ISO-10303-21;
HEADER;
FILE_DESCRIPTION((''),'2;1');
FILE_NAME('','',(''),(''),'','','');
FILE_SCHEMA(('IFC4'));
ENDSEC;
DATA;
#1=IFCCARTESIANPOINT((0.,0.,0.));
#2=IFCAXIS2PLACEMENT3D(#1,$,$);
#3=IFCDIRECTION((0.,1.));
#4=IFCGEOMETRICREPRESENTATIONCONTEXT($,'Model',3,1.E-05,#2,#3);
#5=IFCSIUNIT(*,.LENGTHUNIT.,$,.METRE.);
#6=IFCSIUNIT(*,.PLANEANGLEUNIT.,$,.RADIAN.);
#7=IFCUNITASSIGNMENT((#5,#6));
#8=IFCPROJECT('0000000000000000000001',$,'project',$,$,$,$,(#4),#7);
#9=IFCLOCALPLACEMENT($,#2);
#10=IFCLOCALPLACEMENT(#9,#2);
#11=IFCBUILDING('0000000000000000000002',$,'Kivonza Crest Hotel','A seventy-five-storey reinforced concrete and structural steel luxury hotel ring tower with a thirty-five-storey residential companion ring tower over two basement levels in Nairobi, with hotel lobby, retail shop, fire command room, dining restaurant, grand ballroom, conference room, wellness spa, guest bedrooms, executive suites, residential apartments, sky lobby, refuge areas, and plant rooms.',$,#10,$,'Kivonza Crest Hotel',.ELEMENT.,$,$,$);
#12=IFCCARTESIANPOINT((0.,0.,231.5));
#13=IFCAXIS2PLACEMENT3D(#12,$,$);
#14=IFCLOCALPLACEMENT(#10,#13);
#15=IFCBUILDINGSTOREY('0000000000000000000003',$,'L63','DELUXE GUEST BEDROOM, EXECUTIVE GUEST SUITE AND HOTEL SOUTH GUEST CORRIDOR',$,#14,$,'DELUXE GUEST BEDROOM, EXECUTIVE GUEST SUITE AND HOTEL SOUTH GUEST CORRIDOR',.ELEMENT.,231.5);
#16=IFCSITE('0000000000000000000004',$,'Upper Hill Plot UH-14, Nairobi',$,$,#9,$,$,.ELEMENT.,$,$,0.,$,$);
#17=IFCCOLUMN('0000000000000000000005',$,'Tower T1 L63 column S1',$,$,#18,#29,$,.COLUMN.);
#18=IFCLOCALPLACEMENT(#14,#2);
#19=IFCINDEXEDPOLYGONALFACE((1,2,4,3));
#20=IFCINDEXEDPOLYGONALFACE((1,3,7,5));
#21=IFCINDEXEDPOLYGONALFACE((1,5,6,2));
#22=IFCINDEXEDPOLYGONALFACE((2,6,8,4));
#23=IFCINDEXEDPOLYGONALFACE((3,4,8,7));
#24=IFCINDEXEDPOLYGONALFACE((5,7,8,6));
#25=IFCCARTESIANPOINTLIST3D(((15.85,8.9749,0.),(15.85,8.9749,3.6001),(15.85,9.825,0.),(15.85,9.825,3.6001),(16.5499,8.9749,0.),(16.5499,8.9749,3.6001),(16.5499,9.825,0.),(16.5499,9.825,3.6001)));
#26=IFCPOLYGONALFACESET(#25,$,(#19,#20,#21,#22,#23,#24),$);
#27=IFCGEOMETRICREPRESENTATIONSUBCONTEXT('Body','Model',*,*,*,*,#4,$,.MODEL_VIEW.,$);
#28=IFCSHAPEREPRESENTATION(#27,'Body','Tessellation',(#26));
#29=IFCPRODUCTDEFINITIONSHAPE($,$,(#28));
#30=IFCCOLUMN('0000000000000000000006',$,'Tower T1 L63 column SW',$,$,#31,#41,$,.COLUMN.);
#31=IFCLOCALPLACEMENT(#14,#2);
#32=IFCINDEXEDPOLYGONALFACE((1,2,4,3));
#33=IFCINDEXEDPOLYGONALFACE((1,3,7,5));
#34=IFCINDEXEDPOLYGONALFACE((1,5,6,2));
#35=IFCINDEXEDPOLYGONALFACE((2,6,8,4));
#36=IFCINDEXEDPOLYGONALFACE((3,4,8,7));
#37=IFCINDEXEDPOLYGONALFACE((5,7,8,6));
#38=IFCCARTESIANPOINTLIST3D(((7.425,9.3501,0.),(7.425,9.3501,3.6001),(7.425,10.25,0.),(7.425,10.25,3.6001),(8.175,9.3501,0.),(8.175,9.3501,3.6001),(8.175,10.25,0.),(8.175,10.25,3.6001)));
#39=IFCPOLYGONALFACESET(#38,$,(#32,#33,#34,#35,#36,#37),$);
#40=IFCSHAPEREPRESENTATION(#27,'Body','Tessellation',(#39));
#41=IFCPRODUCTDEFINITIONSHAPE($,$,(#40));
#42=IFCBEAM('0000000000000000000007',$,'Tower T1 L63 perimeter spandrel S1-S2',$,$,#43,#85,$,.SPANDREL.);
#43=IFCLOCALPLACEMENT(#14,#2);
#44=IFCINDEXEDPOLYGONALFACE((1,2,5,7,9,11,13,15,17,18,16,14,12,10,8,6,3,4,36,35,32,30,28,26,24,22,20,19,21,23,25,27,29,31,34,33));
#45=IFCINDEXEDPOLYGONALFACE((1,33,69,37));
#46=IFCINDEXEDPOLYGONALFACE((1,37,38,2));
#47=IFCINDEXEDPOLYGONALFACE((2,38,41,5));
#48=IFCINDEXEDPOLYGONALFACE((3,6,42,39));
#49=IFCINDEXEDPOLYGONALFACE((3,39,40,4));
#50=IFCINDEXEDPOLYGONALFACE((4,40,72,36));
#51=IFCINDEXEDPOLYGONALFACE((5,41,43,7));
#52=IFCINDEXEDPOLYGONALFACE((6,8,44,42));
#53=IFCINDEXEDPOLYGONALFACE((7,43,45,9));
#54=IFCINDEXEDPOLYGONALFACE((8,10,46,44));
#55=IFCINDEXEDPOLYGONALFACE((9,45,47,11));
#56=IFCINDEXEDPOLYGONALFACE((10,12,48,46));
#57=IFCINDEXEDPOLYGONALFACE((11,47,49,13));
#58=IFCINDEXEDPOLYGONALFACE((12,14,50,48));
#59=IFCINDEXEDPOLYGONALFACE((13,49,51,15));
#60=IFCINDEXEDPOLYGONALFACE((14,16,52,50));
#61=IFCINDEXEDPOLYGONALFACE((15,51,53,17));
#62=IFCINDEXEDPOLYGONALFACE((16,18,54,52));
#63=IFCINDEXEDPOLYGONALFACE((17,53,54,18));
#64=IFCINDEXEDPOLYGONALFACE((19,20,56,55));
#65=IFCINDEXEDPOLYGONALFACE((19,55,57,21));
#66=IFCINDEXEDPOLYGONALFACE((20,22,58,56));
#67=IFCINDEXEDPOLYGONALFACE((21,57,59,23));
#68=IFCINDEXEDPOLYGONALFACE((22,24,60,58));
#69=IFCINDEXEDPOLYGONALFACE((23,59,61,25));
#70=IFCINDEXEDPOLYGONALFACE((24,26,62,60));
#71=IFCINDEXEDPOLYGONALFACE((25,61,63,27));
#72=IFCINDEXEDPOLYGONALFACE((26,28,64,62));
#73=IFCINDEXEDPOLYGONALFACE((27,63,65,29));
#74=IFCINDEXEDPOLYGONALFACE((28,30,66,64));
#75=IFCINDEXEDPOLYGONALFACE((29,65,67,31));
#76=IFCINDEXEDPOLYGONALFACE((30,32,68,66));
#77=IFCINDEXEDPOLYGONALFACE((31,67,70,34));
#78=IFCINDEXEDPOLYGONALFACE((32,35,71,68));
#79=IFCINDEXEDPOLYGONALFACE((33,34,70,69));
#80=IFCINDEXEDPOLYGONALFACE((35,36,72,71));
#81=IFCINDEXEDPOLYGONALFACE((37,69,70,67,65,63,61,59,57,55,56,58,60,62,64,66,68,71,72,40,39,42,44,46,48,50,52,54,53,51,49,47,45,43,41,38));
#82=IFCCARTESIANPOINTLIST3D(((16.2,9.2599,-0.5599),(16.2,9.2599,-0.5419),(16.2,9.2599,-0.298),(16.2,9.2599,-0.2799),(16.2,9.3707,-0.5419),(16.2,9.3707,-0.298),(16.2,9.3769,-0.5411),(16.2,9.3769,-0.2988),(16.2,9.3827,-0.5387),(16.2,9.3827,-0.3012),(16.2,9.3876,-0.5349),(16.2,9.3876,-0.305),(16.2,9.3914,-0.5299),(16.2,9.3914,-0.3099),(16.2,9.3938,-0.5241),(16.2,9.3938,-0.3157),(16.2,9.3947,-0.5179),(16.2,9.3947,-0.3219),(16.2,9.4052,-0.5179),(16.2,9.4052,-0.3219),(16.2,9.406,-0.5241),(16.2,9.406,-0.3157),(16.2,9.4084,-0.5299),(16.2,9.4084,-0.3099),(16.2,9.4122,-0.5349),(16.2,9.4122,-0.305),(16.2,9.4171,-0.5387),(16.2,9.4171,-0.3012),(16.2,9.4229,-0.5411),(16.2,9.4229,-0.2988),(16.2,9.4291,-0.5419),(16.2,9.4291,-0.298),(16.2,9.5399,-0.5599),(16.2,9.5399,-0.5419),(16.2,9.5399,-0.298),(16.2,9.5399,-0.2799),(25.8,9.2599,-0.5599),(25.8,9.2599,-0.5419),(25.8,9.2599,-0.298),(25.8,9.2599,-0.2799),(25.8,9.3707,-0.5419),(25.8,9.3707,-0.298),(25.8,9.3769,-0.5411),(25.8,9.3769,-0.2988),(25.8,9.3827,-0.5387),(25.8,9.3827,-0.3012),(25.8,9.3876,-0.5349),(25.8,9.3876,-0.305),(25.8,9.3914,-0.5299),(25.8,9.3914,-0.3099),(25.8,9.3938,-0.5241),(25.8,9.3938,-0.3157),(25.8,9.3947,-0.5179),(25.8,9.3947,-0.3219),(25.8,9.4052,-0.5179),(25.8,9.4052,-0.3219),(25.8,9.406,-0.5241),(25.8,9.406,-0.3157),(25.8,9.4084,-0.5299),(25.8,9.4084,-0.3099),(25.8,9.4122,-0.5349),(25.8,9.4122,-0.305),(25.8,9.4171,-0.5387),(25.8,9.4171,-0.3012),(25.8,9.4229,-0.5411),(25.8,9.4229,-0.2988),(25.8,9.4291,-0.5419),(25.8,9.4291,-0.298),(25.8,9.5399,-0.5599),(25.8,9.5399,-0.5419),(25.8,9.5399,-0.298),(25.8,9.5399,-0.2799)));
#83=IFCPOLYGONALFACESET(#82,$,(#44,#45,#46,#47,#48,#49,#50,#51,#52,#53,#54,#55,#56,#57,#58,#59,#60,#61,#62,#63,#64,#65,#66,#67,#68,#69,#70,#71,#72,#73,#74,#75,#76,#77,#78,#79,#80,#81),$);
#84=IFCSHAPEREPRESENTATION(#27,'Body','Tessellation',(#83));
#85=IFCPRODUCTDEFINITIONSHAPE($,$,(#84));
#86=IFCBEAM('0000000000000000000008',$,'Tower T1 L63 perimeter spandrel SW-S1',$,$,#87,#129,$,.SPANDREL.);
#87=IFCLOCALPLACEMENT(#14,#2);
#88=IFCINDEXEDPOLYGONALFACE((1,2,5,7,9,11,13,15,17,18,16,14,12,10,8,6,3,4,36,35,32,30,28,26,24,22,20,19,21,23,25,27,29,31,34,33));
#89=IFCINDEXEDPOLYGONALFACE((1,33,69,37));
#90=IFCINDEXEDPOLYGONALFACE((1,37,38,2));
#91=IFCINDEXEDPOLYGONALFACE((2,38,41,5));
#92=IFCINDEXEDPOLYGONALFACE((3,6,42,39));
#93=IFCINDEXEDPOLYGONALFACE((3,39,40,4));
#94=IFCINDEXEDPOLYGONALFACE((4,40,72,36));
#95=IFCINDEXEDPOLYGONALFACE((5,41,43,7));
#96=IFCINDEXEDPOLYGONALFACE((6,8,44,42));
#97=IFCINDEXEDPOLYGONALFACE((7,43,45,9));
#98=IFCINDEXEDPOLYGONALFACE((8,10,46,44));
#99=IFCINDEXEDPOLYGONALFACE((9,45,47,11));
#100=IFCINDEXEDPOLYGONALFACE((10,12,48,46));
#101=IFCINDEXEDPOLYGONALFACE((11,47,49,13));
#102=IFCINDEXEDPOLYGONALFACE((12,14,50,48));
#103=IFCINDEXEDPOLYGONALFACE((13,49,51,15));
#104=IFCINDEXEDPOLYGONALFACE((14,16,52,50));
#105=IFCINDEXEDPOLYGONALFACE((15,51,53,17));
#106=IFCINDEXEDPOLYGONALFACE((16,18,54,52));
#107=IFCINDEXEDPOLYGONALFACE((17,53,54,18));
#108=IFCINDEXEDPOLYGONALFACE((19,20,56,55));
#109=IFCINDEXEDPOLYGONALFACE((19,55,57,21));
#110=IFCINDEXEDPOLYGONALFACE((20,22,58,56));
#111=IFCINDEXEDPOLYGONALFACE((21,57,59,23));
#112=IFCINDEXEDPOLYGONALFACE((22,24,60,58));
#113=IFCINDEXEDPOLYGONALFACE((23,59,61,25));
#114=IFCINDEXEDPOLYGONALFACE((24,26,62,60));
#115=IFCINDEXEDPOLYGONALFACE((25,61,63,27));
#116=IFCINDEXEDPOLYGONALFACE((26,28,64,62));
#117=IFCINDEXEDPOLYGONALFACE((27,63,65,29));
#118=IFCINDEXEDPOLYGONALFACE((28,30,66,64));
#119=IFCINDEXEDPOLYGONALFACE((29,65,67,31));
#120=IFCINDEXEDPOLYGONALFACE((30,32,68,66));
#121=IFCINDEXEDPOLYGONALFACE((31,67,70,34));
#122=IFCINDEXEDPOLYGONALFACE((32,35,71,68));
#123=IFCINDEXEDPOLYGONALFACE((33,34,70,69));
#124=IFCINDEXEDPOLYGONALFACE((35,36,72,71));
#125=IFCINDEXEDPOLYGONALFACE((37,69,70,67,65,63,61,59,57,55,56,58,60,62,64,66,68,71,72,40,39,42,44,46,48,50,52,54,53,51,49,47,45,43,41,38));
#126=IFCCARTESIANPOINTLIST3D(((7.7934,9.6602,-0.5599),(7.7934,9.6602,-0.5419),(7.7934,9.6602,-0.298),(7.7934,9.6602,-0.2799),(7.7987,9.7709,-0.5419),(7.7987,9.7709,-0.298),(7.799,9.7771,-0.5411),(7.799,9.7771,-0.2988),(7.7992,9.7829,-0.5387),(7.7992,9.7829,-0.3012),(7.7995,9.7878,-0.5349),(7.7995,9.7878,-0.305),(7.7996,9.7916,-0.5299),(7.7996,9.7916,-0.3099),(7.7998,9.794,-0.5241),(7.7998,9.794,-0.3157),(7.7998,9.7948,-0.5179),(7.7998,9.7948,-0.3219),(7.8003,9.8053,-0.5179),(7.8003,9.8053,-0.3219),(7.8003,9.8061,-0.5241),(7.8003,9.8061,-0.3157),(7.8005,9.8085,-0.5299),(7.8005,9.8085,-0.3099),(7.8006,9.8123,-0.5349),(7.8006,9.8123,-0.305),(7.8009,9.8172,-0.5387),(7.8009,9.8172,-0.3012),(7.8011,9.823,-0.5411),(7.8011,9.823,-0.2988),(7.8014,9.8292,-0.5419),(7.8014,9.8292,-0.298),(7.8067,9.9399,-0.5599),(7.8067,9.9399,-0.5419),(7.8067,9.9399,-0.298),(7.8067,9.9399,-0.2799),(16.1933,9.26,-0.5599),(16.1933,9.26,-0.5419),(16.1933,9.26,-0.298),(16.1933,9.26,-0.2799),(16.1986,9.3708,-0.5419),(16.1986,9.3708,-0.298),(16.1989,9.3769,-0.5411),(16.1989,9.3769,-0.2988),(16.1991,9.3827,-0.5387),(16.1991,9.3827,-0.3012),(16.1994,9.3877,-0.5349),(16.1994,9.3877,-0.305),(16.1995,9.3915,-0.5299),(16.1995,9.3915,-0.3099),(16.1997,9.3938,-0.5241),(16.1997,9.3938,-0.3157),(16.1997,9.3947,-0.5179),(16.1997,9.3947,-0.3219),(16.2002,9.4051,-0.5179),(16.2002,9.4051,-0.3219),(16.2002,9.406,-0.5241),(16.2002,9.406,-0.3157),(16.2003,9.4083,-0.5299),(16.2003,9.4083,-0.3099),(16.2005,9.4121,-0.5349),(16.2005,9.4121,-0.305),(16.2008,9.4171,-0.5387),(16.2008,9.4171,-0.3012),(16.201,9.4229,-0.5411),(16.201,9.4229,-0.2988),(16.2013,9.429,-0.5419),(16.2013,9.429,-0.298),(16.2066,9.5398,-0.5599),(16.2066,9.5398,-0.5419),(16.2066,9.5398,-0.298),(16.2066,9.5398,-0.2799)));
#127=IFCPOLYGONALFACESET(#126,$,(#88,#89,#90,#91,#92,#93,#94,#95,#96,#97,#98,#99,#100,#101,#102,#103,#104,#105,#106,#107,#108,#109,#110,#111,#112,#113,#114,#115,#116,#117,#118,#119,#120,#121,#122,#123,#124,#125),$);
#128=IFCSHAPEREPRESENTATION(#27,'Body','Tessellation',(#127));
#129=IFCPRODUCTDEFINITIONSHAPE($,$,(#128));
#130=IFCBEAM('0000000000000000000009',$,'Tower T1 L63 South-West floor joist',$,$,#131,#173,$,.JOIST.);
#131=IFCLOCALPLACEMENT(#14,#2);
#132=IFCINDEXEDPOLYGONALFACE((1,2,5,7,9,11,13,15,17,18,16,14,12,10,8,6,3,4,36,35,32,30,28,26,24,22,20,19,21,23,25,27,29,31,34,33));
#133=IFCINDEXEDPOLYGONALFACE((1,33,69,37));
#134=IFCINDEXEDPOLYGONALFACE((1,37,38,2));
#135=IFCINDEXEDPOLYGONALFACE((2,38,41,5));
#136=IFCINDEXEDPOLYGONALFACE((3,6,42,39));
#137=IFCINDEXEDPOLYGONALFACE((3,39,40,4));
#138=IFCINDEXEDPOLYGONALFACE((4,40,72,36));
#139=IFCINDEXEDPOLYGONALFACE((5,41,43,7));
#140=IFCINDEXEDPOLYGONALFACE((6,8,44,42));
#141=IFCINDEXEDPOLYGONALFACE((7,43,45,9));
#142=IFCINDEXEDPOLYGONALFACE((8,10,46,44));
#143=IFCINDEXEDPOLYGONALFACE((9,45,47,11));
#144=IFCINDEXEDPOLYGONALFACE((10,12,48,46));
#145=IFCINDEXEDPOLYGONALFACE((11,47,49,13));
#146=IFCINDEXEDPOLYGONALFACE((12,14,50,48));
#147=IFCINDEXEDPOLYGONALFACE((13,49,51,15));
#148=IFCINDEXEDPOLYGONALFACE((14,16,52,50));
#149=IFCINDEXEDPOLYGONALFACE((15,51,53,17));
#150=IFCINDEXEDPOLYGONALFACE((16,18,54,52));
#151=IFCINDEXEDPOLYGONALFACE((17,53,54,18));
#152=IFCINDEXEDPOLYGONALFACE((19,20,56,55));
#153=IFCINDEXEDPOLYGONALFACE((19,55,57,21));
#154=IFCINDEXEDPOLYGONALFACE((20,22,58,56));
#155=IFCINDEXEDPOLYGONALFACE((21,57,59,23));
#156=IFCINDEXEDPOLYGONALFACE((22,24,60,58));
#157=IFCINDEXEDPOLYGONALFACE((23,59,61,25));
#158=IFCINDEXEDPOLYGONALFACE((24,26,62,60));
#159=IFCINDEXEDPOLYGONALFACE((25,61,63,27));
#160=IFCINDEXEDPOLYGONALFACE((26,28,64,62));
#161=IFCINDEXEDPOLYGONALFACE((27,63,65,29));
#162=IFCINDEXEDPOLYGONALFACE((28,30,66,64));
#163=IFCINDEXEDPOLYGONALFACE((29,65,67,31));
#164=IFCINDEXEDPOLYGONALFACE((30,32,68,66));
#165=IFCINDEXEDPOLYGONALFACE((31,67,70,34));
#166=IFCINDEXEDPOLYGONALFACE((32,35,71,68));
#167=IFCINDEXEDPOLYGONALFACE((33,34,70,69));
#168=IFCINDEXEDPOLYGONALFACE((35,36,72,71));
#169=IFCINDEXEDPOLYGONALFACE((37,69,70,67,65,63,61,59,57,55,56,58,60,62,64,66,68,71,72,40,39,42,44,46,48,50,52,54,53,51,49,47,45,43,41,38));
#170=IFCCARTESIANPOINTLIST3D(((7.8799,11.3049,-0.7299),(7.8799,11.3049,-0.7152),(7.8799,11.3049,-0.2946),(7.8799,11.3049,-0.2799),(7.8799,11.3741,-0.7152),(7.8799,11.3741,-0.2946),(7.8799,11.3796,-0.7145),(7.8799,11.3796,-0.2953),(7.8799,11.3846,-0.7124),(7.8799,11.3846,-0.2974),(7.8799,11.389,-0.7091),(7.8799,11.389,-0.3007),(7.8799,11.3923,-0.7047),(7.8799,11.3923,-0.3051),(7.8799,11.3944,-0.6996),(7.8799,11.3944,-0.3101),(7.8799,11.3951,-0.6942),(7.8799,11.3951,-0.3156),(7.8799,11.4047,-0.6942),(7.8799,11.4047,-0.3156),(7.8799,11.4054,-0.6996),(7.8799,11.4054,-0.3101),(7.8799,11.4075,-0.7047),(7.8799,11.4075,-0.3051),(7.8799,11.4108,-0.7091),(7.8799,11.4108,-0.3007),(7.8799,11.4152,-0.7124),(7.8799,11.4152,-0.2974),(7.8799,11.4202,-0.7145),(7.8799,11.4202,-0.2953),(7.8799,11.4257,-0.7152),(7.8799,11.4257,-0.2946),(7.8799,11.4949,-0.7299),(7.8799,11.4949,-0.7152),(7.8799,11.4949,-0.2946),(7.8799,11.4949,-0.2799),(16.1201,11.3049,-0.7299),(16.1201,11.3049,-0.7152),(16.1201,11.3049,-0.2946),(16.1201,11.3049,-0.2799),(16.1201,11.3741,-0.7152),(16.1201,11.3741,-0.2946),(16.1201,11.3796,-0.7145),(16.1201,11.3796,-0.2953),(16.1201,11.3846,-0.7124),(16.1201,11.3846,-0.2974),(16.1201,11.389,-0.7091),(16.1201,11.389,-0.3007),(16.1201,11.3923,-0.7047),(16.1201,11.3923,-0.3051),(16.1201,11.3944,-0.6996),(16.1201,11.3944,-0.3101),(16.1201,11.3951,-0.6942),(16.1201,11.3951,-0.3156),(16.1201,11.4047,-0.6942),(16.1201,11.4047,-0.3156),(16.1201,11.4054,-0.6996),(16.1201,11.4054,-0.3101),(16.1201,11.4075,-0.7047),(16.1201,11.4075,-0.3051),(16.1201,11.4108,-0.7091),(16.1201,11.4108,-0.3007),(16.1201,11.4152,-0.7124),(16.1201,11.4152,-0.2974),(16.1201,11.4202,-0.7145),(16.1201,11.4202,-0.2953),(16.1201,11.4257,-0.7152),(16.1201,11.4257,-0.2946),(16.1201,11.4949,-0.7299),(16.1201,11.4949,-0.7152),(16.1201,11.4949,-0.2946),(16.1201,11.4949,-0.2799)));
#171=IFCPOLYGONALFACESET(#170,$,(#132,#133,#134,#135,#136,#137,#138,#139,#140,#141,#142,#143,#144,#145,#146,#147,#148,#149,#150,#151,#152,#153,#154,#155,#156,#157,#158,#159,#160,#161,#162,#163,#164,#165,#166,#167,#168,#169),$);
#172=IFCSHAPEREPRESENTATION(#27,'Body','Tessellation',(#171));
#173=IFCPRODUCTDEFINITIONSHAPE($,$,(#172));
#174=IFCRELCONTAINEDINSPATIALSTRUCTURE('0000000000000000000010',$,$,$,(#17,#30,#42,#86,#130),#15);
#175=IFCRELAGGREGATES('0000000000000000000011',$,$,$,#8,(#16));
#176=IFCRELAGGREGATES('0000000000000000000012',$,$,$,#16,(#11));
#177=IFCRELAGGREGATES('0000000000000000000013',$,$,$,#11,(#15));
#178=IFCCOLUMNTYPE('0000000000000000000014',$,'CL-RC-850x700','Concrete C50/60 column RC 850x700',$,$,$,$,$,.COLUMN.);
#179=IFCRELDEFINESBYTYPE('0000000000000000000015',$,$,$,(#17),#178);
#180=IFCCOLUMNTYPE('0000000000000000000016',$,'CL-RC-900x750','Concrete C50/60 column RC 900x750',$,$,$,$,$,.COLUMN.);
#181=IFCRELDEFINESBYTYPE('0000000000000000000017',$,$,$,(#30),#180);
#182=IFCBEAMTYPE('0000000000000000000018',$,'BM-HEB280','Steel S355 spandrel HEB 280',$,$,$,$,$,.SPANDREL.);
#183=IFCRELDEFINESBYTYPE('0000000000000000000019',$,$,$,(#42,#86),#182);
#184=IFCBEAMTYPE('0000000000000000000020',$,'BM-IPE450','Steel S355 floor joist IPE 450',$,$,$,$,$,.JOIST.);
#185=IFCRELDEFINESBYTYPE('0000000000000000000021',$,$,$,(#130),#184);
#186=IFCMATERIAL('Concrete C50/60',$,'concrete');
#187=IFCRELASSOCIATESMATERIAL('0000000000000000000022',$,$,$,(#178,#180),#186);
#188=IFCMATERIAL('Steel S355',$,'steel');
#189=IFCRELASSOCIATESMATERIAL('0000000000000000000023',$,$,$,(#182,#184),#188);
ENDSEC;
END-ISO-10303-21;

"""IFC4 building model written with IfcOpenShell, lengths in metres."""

from ifc_helpers import new_model, si_unit, direction, frame, origin, origin_2d, place, context, subcontext, project, spatial, rectangle, i_section, extrude, material, material_profile, profile_set, type_object, element, save


model = new_model("IFC4")

# Units and contexts
model_context = context("Model", 3, precision=1e-05, world=origin(), true_north=direction((0.0, 1.0)))
body_context = subcontext(model_context, "Body", "Model", "MODEL_VIEW")
ifc_project = project(units=[si_unit("LENGTHUNIT", "METRE"), si_unit("PLANEANGLEUNIT", "RADIAN")], contexts=[model_context])

# Site, building, storey
site_placement = place(None, origin())
site = spatial("IfcSite", under=ifc_project, at=site_placement, Name="Upper Hill Plot UH-14, Nairobi", CompositionType="ELEMENT", RefElevation=0.0)
building_placement = place(site_placement, origin())
building = spatial("IfcBuilding", under=site, at=building_placement, Name="Kivonza Crest Hotel", Description="A seventy-five-storey reinforced concrete and structural steel luxury hotel ring tower with a thirty-five-storey residential companion ring tower over two basement levels in Nairobi, with hotel lobby, retail shop, fire command room, dining restaurant, grand ballroom, conference room, wellness spa, guest bedrooms, executive suites, residential apartments, sky lobby, refuge areas, and plant rooms.", LongName="Kivonza Crest Hotel", CompositionType="ELEMENT")
storey_placement = place(building_placement, frame((0.0, 0.0, 231.5)))
storey = spatial("IfcBuildingStorey", under=building, at=storey_placement, Name="L63", Description="DELUXE GUEST BEDROOM, EXECUTIVE GUEST SUITE AND HOTEL SOUTH GUEST CORRIDOR", LongName="DELUXE GUEST BEDROOM, EXECUTIVE GUEST SUITE AND HOTEL SOUTH GUEST CORRIDOR", CompositionType="ELEMENT", Elevation=231.5)

# Columns
ifc_material_1 = material(Name="Concrete C50/60", Category="concrete")
ifc_material_profile_1 = material_profile(ifc_material_1, rectangle(XDim=0.7, YDim=0.8501, at=origin_2d()), Name="RC 850x700")
ifc_profile_set_1 = profile_set([ifc_material_profile_1], Name="Concrete C50/60")
column_type_1 = type_object("IfcColumnType", Name="CL-RC-850x700", Description="Concrete C50/60 column RC 850x700", PredefinedType="COLUMN", material=ifc_profile_set_1)
column_1_placement = place(storey_placement, frame((16.2, 9.3999, 0.0), z_axis=(0.0, 0.0, 1.0), x_axis=(1.0, 0.0, 0.0)))
element("IfcColumn", 1, at=column_1_placement, inside=storey, type_object=column_type_1, Name="Tower T1 L63 column S1", PredefinedType="COLUMN", context=body_context, shape_type="SweptSolid", body=[
    extrude(rectangle(XDim=0.7, YDim=0.8501, at=origin_2d()), origin(), (0.0, 0.0, 1.0), 3.6001),
])
ifc_material_profile_2 = material_profile(ifc_material_1, rectangle(XDim=0.75, YDim=0.8999, at=origin_2d()), Name="RC 900x750")
ifc_profile_set_2 = profile_set([ifc_material_profile_2], Name="Concrete C50/60")
column_type_2 = type_object("IfcColumnType", Name="CL-RC-900x750", Description="Concrete C50/60 column RC 900x750", PredefinedType="COLUMN", material=ifc_profile_set_2)
column_2_placement = place(storey_placement, frame((7.8, 9.8, 0.0), z_axis=(0.0, 0.0, 1.0), x_axis=(1.0, 0.0, 0.0)))
element("IfcColumn", 2, at=column_2_placement, inside=storey, type_object=column_type_2, Name="Tower T1 L63 column SW", PredefinedType="COLUMN", context=body_context, shape_type="SweptSolid", body=[
    extrude(rectangle(XDim=0.75, YDim=0.8999, at=origin_2d()), origin(), (0.0, 0.0, 1.0), 3.6001),
])

# Beams
ifc_material_2 = material(Name="Steel S355", Category="steel")
ifc_material_profile_3 = material_profile(ifc_material_2, i_section(OverallWidth=0.28, OverallDepth=0.28, WebThickness=0.0105, FlangeThickness=0.0181, FilletRadius=0.0239, at=origin_2d()), Name="HEB 280")
ifc_profile_set_3 = profile_set([ifc_material_profile_3], Name="Steel S355")
beam_type_1 = type_object("IfcBeamType", Name="BM-HEB280", Description="Steel S355 spandrel HEB 280", PredefinedType="SPANDREL", material=ifc_profile_set_3)
beam_1_placement = place(storey_placement, frame((16.2, 9.3999, -0.4199), z_axis=(1.0, 0.0, 0.0), x_axis=(0.0, 1.0, 0.0)))
element("IfcBeam", 3, at=beam_1_placement, inside=storey, type_object=beam_type_1, Name="Tower T1 L63 perimeter spandrel S1-S2", PredefinedType="SPANDREL", context=body_context, shape_type="SweptSolid", body=[
    extrude(i_section(OverallWidth=0.28, OverallDepth=0.28, WebThickness=0.0105, FlangeThickness=0.0181, FilletRadius=0.0239, at=origin_2d()), origin(), (0.0, 0.0, 1.0), 9.6001),
])
beam_2_placement = place(storey_placement, frame((7.8, 9.8, -0.4199), z_axis=(0.998867, -0.047583, 0.0), x_axis=(0.047583, 0.998867, 0.0)))
element("IfcBeam", 4, at=beam_2_placement, inside=storey, type_object=beam_type_1, Name="Tower T1 L63 perimeter spandrel SW-S1", PredefinedType="SPANDREL", context=body_context, shape_type="SweptSolid", body=[
    extrude(i_section(OverallWidth=0.28, OverallDepth=0.28, WebThickness=0.0105, FlangeThickness=0.0181, FilletRadius=0.0239, at=origin_2d()), origin(), (0.0, 0.0, 1.0), 8.4094),
])
ifc_material_profile_4 = material_profile(ifc_material_2, i_section(OverallWidth=0.1899, OverallDepth=0.45, WebThickness=0.0095, FlangeThickness=0.0146, FilletRadius=0.021, at=origin_2d()), Name="IPE 450")
ifc_profile_set_4 = profile_set([ifc_material_profile_4], Name="Steel S355")
beam_type_2 = type_object("IfcBeamType", Name="BM-IPE450", Description="Steel S355 floor joist IPE 450", PredefinedType="JOIST", material=ifc_profile_set_4)
beam_3_placement = place(storey_placement, frame((7.8799, 11.3999, -0.5049), z_axis=(1.0, 0.0, 0.0), x_axis=(0.0, 1.0, 0.0)))
element("IfcBeam", 5, at=beam_3_placement, inside=storey, type_object=beam_type_2, Name="Tower T1 L63 South-West floor joist", PredefinedType="JOIST", context=body_context, shape_type="SweptSolid", body=[
    extrude(i_section(OverallWidth=0.1899, OverallDepth=0.45, WebThickness=0.0095, FlangeThickness=0.0146, FilletRadius=0.021, at=origin_2d()), origin(), (0.0, 0.0, 1.0), 8.2402),
])

save(model, "model.ifc")
